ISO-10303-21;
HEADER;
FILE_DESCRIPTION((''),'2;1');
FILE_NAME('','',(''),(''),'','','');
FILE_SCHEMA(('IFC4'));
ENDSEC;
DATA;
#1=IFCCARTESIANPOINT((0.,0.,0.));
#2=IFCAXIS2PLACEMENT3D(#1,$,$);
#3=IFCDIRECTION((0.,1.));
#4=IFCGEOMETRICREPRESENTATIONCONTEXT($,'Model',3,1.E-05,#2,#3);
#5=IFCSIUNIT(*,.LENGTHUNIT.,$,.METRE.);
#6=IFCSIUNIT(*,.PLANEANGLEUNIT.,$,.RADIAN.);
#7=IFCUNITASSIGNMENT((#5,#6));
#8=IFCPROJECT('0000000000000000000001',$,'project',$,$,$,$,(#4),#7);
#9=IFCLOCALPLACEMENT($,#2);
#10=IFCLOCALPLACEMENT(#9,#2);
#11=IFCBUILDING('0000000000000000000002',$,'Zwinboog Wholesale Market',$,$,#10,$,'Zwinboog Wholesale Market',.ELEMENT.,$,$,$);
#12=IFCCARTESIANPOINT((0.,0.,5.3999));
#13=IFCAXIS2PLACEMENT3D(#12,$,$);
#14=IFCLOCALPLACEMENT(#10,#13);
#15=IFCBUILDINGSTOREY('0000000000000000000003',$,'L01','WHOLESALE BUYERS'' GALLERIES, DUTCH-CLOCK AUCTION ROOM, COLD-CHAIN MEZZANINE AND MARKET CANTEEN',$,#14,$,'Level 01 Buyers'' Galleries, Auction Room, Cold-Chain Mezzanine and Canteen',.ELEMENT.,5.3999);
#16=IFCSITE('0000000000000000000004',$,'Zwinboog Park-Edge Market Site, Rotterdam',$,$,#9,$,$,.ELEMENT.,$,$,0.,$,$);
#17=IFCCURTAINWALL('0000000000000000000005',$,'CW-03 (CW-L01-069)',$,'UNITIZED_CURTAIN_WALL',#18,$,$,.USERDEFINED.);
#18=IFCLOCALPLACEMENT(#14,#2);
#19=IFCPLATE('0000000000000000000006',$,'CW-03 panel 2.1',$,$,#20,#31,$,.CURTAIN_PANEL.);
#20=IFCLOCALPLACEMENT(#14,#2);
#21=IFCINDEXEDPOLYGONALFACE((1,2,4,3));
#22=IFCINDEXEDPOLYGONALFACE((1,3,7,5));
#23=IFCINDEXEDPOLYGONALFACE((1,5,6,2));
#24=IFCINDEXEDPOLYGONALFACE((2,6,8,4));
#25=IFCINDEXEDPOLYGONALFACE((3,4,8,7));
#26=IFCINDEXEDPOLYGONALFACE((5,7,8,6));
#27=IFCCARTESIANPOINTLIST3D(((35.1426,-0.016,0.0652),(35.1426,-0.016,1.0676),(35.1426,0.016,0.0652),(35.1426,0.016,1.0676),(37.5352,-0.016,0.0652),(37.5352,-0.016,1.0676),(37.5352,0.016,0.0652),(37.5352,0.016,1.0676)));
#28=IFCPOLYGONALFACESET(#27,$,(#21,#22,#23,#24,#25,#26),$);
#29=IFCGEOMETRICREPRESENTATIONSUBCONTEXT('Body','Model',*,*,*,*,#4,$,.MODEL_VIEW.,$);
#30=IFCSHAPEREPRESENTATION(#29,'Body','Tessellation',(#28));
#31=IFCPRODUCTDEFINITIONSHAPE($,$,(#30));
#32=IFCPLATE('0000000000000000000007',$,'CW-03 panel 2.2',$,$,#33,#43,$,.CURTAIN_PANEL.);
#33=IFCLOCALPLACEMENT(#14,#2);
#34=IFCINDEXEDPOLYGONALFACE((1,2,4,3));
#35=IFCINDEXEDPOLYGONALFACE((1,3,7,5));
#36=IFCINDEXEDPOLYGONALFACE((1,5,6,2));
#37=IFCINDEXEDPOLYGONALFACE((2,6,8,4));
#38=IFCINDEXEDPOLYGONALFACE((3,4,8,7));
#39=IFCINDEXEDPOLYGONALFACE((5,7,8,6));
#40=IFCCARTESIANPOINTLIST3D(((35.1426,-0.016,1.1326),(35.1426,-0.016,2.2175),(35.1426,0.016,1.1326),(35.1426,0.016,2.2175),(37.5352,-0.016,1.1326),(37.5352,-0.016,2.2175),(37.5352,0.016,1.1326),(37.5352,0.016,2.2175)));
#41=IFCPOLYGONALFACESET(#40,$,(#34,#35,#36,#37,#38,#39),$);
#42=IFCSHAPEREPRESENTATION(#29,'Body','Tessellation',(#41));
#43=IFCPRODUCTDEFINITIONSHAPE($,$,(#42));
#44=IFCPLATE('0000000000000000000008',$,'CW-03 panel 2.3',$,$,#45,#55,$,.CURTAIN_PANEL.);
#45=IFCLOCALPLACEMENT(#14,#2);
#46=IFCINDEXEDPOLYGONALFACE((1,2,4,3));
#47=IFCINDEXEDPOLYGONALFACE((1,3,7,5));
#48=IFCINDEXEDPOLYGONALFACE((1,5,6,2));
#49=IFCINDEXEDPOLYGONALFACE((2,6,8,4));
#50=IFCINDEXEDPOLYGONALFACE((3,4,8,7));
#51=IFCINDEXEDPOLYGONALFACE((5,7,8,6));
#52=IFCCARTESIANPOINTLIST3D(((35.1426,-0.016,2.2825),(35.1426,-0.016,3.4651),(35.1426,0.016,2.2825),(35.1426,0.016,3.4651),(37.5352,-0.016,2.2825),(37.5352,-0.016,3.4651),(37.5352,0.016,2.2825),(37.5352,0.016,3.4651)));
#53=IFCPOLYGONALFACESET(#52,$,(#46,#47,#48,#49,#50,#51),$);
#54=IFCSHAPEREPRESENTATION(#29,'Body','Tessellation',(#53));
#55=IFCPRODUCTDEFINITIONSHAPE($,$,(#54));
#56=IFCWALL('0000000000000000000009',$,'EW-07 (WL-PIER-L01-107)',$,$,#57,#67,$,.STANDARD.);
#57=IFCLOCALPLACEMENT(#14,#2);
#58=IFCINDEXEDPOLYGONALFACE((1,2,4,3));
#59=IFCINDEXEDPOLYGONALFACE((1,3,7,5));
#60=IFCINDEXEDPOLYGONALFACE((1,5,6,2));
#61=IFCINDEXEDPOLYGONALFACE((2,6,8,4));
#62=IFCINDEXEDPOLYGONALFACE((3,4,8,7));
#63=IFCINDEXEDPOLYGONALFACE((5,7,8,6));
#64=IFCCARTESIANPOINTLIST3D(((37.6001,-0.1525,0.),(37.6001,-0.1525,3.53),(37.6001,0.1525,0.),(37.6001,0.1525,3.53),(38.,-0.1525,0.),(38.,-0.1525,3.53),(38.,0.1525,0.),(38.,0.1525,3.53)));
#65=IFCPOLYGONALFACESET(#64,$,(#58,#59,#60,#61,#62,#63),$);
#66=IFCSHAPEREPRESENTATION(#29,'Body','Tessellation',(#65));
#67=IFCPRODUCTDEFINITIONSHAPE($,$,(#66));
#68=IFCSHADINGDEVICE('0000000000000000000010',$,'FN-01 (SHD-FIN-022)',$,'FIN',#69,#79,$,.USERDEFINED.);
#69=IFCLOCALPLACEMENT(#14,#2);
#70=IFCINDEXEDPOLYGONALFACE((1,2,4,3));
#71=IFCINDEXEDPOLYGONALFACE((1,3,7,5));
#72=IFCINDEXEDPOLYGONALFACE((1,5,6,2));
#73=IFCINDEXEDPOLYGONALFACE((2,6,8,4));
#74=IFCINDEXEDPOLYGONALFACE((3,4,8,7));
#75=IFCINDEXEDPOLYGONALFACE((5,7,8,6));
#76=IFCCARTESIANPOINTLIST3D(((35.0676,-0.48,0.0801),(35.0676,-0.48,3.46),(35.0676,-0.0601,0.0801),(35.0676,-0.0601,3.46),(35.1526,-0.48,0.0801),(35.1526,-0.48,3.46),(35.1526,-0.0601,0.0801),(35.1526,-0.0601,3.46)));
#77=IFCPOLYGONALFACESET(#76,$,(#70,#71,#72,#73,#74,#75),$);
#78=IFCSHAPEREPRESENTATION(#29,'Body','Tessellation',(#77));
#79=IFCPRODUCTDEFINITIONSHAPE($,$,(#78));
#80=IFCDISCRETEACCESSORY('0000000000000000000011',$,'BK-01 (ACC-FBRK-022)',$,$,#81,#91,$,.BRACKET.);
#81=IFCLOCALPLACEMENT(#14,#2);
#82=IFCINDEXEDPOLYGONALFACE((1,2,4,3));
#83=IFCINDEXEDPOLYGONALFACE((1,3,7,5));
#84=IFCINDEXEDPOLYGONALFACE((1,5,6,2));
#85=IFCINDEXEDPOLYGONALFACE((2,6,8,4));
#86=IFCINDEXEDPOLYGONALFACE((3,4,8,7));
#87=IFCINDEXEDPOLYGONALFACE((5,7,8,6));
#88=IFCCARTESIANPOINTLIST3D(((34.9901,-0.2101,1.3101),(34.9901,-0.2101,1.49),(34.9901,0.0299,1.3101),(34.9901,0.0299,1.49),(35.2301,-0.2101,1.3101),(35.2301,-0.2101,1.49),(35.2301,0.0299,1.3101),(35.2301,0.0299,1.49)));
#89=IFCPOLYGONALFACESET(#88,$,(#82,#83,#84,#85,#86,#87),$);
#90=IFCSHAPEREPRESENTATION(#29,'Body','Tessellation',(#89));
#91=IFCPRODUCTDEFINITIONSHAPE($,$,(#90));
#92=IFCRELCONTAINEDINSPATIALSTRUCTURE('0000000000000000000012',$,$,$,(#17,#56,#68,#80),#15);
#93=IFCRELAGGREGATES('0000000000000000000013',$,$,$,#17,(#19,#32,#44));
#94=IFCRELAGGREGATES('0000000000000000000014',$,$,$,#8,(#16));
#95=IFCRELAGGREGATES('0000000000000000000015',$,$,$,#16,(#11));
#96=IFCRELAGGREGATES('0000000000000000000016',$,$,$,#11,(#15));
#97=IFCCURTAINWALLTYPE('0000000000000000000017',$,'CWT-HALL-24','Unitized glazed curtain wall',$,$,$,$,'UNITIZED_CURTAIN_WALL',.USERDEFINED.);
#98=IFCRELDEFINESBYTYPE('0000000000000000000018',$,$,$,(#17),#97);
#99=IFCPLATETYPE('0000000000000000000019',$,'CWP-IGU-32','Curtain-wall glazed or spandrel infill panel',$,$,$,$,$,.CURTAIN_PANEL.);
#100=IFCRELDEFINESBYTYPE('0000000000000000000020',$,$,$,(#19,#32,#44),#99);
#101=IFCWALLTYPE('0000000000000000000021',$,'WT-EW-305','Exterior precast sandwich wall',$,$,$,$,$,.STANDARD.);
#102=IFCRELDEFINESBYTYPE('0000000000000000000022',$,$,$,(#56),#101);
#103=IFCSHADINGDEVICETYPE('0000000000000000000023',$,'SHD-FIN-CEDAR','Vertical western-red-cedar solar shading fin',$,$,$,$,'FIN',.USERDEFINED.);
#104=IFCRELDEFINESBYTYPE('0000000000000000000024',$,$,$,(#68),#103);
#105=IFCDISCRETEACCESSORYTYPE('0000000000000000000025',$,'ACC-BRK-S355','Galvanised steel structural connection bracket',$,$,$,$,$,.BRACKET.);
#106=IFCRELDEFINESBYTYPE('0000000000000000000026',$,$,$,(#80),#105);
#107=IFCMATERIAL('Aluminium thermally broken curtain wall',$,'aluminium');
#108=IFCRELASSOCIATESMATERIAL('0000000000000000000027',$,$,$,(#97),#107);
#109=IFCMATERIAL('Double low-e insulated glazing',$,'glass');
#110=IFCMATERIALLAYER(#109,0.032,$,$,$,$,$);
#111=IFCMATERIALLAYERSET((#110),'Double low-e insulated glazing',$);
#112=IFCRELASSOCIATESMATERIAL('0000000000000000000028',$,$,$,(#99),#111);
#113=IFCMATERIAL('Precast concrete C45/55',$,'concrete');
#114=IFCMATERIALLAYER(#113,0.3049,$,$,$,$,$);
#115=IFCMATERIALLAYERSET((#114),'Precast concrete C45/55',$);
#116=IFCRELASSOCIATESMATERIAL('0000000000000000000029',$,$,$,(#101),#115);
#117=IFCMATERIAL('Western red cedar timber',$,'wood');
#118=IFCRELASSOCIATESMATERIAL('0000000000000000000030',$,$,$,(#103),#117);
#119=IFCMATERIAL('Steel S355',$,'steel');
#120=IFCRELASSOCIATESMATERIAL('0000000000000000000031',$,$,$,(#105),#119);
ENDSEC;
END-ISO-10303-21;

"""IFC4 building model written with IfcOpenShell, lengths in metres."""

from ifc_helpers import new_model, si_unit, direction, frame, frame_2d, origin, origin_2d, place, context, subcontext, project, spatial, rectangle, extrude, material, layer, layer_set, type_object, element, aggregate, save


model = new_model("IFC4")

# Units and contexts
model_context = context("Model", 3, precision=1e-05, world=origin(), true_north=direction((0.0, 1.0)))
body_context = subcontext(model_context, "Body", "Model", "MODEL_VIEW")
ifc_project = project(units=[si_unit("LENGTHUNIT", "METRE"), si_unit("PLANEANGLEUNIT", "RADIAN")], contexts=[model_context])

# Site, building, storey
site_placement = place(None, origin())
site = spatial("IfcSite", under=ifc_project, at=site_placement, Name="Zwinboog Park-Edge Market Site, Rotterdam", CompositionType="ELEMENT", RefElevation=0.0)
building_placement = place(site_placement, origin())
building = spatial("IfcBuilding", under=site, at=building_placement, Name="Zwinboog Wholesale Market", LongName="Zwinboog Wholesale Market", CompositionType="ELEMENT")
storey_placement = place(building_placement, frame((0.0, 0.0, 5.3999)))
storey = spatial("IfcBuildingStorey", under=building, at=storey_placement, Name="L01", Description="WHOLESALE BUYERS' GALLERIES, DUTCH-CLOCK AUCTION ROOM, COLD-CHAIN MEZZANINE AND MARKET CANTEEN", LongName="Level 01 Buyers' Galleries, Auction Room, Cold-Chain Mezzanine and Canteen", CompositionType="ELEMENT", Elevation=5.3999)

# Curtain wall, plates
ifc_material_1 = material(Name="Aluminium thermally broken curtain wall", Category="aluminium")
curtain_wall_type = type_object("IfcCurtainWallType", Name="CWT-HALL-24", Description="Unitized glazed curtain wall", ElementType="UNITIZED_CURTAIN_WALL", PredefinedType="USERDEFINED", material=ifc_material_1)
curtain_wall_placement = place(storey_placement, origin())
curtain_wall = element("IfcCurtainWall", 1, at=curtain_wall_placement, inside=storey, type_object=curtain_wall_type, Name="CW-03 (CW-L01-069)", ObjectType="UNITIZED_CURTAIN_WALL", PredefinedType="USERDEFINED")
ifc_material_2 = material(Name="Double low-e insulated glazing", Category="glass")
ifc_layer_1 = layer(ifc_material_2, 0.032)
ifc_layer_set_1 = layer_set([ifc_layer_1], Name="Double low-e insulated glazing")
plate_type = type_object("IfcPlateType", Name="CWP-IGU-32", Description="Curtain-wall glazed or spandrel infill panel", PredefinedType="CURTAIN_PANEL", material=ifc_layer_set_1)
plate_1_placement = place(storey_placement, frame((36.3389, 0.0, 0.0652), z_axis=(0.0, 0.0, 1.0), x_axis=(1.0, 0.0, 0.0)))
plate_1 = element("IfcPlate", 2, at=plate_1_placement, type_object=plate_type, Name="CW-03 panel 2.1", PredefinedType="CURTAIN_PANEL", context=body_context, shape_type="SweptSolid", body=[
    extrude(rectangle(XDim=2.3926, YDim=0.032, at=origin_2d()), origin(), (0.0, 0.0, 1.0), 1.0024),
])
plate_2_placement = place(storey_placement, frame((36.3389, 0.0, 1.1326), z_axis=(0.0, 0.0, 1.0), x_axis=(1.0, 0.0, 0.0)))
plate_2 = element("IfcPlate", 3, at=plate_2_placement, type_object=plate_type, Name="CW-03 panel 2.2", PredefinedType="CURTAIN_PANEL", context=body_context, shape_type="SweptSolid", body=[
    extrude(rectangle(XDim=2.3926, YDim=0.032, at=origin_2d()), origin(), (0.0, 0.0, 1.0), 1.085),
])
plate_3_placement = place(storey_placement, frame((36.3389, 0.0, 2.2825), z_axis=(0.0, 0.0, 1.0), x_axis=(1.0, 0.0, 0.0)))
plate_3 = element("IfcPlate", 4, at=plate_3_placement, type_object=plate_type, Name="CW-03 panel 2.3", PredefinedType="CURTAIN_PANEL", context=body_context, shape_type="SweptSolid", body=[
    extrude(rectangle(XDim=2.3926, YDim=0.032, at=origin_2d()), origin(), (0.0, 0.0, 1.0), 1.1826),
])
aggregate(curtain_wall, [plate_1, plate_2, plate_3])

# Wall
ifc_material_3 = material(Name="Precast concrete C45/55", Category="concrete")
ifc_layer_2 = layer(ifc_material_3, 0.3049)
ifc_layer_set_2 = layer_set([ifc_layer_2], Name="Precast concrete C45/55")
wall_type = type_object("IfcWallType", Name="WT-EW-305", Description="Exterior precast sandwich wall", PredefinedType="STANDARD", material=ifc_layer_set_2)
wall_placement = place(storey_placement, frame((37.6001, 0.0, 0.0), z_axis=(0.0, 0.0, 1.0), x_axis=(1.0, 0.0, 0.0)))
element("IfcWall", 5, at=wall_placement, inside=storey, type_object=wall_type, Name="EW-07 (WL-PIER-L01-107)", PredefinedType="STANDARD", context=body_context, shape_type="SweptSolid", body=[
    extrude(rectangle(XDim=0.3999, YDim=0.3049, at=frame_2d((0.2, 0.0))), origin(), (0.0, 0.0, 1.0), 3.53),
])

# Shading device
ifc_material_4 = material(Name="Western red cedar timber", Category="wood")
shading_device_type = type_object("IfcShadingDeviceType", Name="SHD-FIN-CEDAR", Description="Vertical western-red-cedar solar shading fin", ElementType="FIN", PredefinedType="USERDEFINED", material=ifc_material_4)
shading_device_placement = place(storey_placement, frame((35.1101, -0.27, 0.0801), z_axis=(0.0, 0.0, 1.0), x_axis=(0.0, 1.0, 0.0)))
element("IfcShadingDevice", 6, at=shading_device_placement, inside=storey, type_object=shading_device_type, Name="FN-01 (SHD-FIN-022)", ObjectType="FIN", PredefinedType="USERDEFINED", context=body_context, shape_type="SweptSolid", body=[
    extrude(rectangle(XDim=0.4199, YDim=0.085, at=origin_2d()), origin(), (0.0, 0.0, 1.0), 3.3799),
])

# Discrete accessory
ifc_material_5 = material(Name="Steel S355", Category="steel")
discrete_accessory_type = type_object("IfcDiscreteAccessoryType", Name="ACC-BRK-S355", Description="Galvanised steel structural connection bracket", PredefinedType="BRACKET", material=ifc_material_5)
discrete_accessory_placement = place(storey_placement, frame((35.1101, -0.0901, 1.3101), z_axis=(0.0, 0.0, 1.0), x_axis=(1.0, 0.0, 0.0)))
element("IfcDiscreteAccessory", 7, at=discrete_accessory_placement, inside=storey, type_object=discrete_accessory_type, Name="BK-01 (ACC-FBRK-022)", PredefinedType="BRACKET", context=body_context, shape_type="SweptSolid", body=[
    extrude(rectangle(XDim=0.24, YDim=0.24, at=origin_2d()), origin(), (0.0, 0.0, 1.0), 0.1799),
])

save(model, "model.ifc")
